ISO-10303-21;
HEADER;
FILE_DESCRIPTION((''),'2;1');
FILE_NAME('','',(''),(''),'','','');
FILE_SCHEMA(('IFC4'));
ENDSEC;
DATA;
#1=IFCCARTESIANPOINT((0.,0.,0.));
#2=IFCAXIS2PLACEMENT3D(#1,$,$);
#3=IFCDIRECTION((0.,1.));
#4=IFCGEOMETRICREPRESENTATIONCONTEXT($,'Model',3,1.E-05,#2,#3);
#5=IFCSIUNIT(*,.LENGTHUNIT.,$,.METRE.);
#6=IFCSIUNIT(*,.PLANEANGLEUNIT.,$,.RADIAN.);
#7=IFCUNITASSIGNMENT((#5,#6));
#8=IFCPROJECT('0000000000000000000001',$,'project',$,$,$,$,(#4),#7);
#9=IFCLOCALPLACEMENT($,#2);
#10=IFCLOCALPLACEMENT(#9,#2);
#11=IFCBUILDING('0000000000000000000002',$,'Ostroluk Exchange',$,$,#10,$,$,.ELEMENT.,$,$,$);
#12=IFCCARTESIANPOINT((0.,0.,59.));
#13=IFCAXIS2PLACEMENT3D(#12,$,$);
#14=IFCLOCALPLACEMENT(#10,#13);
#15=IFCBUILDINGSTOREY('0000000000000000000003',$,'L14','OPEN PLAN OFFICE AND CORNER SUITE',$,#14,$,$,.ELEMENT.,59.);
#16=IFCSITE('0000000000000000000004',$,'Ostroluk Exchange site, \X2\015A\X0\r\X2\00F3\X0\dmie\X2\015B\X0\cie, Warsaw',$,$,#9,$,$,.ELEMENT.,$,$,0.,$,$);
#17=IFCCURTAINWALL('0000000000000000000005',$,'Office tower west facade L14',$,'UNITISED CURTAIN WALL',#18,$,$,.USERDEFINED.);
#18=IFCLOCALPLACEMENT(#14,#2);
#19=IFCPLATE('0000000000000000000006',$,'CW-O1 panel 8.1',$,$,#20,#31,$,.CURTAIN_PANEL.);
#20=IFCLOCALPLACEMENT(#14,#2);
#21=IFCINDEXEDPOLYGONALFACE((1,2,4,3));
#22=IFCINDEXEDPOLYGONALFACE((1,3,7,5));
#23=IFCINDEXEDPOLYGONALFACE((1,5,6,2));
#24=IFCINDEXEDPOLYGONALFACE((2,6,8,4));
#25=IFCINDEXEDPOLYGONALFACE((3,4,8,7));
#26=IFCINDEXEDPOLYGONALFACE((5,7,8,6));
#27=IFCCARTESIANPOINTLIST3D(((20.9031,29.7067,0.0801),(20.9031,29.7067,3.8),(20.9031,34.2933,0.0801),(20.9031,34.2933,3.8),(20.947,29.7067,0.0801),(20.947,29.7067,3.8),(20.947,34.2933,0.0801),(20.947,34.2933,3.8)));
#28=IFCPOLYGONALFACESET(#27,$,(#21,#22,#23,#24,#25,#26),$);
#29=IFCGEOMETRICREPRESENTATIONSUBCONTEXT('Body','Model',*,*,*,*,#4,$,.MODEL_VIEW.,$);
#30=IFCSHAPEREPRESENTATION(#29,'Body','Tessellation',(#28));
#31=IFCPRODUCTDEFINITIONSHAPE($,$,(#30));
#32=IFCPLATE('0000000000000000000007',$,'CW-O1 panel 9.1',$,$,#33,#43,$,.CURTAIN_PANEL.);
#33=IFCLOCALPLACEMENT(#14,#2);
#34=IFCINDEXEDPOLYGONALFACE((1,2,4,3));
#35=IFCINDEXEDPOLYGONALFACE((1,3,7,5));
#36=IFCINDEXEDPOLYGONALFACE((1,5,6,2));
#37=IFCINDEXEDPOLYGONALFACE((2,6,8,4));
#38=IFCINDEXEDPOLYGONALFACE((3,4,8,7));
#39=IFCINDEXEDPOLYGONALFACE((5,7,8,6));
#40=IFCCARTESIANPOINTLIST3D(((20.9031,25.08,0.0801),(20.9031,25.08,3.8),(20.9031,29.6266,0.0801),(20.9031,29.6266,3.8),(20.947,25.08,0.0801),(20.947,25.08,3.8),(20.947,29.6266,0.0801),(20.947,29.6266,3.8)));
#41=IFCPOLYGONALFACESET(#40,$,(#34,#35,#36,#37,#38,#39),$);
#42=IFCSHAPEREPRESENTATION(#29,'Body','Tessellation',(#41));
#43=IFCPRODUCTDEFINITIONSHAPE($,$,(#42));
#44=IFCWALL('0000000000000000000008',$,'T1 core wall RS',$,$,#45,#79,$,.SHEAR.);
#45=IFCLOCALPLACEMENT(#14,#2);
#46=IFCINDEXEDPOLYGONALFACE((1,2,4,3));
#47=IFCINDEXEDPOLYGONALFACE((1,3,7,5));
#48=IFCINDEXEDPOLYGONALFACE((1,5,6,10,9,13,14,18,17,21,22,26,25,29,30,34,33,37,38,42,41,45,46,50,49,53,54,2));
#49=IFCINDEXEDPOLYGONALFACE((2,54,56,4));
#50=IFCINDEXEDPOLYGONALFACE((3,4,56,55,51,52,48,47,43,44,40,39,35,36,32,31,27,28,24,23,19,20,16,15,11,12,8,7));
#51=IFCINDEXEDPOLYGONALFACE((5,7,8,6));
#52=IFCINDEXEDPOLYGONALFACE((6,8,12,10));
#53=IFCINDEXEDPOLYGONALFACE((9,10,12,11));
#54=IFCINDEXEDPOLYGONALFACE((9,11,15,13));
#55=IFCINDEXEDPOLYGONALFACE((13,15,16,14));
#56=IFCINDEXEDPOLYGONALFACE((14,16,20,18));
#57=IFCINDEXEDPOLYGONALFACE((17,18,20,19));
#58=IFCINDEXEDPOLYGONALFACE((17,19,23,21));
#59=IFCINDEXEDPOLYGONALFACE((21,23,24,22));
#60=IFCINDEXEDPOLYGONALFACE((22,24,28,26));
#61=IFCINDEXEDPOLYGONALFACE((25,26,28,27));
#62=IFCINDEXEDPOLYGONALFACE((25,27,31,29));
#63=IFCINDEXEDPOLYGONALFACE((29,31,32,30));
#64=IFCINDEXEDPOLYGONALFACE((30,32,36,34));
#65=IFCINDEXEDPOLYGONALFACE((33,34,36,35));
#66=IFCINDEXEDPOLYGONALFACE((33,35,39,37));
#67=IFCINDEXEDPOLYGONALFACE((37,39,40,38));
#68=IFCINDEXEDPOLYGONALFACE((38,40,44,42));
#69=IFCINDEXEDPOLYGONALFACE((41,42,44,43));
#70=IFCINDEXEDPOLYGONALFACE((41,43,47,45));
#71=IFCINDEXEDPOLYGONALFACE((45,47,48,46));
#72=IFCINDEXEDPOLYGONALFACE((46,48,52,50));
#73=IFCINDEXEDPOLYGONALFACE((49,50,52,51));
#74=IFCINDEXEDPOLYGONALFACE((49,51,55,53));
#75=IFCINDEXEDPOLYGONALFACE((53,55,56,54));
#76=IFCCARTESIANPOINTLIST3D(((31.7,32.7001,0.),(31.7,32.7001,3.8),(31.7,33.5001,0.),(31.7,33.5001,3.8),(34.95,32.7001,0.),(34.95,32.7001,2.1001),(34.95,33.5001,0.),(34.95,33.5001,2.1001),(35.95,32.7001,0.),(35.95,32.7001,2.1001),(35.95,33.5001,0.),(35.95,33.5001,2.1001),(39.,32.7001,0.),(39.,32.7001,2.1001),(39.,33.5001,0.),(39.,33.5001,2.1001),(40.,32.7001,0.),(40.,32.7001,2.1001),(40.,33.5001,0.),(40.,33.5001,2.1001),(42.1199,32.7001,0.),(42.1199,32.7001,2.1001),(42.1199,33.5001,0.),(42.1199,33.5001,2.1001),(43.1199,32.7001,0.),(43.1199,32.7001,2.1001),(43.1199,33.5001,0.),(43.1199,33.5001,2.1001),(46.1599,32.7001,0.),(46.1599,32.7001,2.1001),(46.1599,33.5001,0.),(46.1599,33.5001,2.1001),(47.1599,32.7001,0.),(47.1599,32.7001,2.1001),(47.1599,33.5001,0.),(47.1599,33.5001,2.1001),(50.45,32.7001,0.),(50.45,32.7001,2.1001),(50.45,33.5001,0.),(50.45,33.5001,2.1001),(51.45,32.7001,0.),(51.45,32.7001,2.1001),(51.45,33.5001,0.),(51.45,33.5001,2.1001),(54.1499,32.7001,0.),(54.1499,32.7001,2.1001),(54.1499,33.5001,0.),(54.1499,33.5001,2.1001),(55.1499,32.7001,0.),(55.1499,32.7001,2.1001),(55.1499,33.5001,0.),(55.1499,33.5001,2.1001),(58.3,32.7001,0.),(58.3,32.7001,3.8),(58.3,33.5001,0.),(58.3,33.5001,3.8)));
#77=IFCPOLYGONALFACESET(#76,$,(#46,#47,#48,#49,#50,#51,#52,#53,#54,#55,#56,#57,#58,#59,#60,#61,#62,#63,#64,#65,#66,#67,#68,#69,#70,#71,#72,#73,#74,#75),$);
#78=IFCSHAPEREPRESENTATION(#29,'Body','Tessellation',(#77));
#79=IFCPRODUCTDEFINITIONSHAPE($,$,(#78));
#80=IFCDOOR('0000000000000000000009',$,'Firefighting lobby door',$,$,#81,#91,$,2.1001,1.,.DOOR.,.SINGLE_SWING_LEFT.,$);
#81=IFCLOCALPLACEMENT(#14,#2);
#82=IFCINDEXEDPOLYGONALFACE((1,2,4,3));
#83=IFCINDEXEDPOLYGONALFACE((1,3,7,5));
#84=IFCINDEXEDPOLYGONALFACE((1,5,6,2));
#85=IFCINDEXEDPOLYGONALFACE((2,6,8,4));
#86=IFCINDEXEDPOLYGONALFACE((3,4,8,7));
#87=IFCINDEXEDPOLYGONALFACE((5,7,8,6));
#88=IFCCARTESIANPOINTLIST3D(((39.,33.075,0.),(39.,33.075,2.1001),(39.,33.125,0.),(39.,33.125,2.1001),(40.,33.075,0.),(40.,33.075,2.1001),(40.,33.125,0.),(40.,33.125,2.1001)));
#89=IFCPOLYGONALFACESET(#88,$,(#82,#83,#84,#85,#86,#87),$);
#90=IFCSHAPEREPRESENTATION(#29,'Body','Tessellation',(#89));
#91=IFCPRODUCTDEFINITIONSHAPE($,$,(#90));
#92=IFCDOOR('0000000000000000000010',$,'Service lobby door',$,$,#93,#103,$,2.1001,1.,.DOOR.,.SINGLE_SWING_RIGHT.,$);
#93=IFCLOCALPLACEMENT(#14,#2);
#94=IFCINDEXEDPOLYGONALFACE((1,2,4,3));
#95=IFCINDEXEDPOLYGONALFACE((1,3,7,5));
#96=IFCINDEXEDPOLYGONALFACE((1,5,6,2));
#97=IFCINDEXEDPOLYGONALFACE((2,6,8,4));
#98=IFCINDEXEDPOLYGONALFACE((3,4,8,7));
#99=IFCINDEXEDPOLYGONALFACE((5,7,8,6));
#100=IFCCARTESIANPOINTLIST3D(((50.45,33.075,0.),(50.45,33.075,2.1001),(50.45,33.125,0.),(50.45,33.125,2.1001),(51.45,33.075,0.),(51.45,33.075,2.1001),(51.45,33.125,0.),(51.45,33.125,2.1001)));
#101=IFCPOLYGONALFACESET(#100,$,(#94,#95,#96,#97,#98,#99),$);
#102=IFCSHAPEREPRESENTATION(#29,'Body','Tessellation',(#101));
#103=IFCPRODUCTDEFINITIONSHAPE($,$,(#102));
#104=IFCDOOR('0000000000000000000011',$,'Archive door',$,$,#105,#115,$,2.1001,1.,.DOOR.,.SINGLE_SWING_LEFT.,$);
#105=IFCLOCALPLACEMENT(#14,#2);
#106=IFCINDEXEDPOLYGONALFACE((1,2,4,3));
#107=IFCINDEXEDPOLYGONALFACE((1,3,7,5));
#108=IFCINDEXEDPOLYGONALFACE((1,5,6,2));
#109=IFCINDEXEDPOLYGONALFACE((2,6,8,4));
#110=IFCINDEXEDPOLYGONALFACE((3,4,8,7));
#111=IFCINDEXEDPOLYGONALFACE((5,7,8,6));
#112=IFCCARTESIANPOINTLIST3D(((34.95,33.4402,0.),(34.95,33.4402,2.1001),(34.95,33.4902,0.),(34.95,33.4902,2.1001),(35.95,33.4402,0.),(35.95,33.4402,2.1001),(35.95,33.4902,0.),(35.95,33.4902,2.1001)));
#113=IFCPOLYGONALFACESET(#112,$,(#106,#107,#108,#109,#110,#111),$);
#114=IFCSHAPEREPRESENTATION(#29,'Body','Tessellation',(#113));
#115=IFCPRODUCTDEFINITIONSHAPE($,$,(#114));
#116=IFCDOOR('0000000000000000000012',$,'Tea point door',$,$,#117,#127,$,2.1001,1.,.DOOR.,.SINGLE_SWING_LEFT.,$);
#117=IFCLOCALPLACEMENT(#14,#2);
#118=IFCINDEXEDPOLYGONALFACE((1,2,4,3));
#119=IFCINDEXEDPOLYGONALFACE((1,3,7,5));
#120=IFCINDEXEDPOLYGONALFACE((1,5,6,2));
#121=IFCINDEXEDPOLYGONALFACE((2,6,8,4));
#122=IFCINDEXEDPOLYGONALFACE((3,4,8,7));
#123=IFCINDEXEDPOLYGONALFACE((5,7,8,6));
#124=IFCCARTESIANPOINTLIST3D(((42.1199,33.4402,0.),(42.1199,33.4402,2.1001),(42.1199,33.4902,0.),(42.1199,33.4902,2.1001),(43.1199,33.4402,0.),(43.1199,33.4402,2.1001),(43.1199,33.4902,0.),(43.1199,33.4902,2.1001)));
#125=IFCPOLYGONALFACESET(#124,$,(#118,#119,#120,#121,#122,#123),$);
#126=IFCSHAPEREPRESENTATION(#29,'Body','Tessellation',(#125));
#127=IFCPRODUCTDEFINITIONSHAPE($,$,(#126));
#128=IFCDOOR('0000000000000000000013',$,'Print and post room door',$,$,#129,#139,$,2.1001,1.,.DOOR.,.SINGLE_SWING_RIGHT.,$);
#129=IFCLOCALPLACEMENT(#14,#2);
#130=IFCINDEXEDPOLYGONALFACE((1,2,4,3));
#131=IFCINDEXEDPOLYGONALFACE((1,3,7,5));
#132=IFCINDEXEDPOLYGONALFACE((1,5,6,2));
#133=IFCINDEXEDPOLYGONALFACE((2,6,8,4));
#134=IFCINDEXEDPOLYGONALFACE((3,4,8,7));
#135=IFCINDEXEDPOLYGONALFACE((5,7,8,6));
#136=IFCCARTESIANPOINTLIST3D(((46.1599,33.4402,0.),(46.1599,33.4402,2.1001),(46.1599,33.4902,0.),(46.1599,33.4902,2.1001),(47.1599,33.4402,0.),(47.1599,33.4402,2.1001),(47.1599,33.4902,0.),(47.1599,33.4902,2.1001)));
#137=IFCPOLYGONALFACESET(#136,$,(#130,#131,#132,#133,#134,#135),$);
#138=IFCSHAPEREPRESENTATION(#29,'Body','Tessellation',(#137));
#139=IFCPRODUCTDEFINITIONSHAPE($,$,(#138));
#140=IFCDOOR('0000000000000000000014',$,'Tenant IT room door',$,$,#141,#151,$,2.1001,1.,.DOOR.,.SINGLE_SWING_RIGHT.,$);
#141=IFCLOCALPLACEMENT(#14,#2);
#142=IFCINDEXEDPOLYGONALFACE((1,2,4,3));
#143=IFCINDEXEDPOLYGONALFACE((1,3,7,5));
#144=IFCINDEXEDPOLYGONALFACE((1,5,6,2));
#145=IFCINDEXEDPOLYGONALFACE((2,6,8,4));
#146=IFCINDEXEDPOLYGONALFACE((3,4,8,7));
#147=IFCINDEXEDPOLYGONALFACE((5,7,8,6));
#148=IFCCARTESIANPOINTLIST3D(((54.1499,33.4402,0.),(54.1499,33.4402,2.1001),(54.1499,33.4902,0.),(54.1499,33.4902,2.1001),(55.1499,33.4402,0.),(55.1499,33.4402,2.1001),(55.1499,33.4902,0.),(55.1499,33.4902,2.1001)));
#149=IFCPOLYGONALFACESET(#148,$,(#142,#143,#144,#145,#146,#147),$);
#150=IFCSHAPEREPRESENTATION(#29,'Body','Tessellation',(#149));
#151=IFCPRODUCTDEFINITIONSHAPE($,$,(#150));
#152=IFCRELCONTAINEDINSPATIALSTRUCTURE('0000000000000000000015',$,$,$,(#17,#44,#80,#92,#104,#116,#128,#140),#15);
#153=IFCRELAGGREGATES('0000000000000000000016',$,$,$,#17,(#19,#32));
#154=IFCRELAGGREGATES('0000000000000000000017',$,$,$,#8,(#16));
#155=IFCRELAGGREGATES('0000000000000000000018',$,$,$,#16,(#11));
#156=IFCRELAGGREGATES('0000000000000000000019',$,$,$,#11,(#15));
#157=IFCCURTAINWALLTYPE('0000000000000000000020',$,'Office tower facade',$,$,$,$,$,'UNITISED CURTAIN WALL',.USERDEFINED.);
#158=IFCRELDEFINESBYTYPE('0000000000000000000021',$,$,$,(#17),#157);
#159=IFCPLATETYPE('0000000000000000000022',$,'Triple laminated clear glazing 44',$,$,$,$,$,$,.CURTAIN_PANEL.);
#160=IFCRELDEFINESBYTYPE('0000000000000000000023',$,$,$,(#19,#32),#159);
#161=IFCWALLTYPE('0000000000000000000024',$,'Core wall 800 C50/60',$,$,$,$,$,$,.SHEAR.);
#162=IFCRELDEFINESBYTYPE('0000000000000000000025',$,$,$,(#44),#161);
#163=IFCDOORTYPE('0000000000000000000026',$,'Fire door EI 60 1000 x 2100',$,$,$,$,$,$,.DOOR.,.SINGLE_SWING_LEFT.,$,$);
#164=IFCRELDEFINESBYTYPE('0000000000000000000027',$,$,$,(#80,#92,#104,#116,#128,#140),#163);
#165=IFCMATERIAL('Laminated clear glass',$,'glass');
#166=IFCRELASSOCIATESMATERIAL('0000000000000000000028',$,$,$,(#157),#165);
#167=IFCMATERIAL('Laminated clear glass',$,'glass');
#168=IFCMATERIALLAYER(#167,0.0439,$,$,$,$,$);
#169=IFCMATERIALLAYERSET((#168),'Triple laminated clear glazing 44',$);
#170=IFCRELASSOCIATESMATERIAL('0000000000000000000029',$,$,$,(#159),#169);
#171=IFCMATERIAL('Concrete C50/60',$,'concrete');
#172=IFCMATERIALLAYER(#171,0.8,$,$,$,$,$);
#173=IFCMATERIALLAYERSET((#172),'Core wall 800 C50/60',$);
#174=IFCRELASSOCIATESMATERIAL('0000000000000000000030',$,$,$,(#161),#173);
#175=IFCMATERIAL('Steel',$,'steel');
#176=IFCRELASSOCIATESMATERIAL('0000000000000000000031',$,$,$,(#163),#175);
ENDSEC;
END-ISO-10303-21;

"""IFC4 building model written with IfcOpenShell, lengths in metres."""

from ifc_helpers import new_model, si_unit, direction, frame, frame_2d, origin, origin_2d, place, context, subcontext, project, spatial, rectangle, extrude, material, layer, layer_set, type_object, element, fill, aggregate, save


model = new_model("IFC4")

# Units and contexts
model_context = context("Model", 3, precision=1e-05, world=origin(), true_north=direction((0.0, 1.0)))
body_context = subcontext(model_context, "Body", "Model", "MODEL_VIEW")
ifc_project = project(units=[si_unit("LENGTHUNIT", "METRE"), si_unit("PLANEANGLEUNIT", "RADIAN")], contexts=[model_context])

# Site, building, storey
site_placement = place(None, origin())
site = spatial("IfcSite", under=ifc_project, at=site_placement, Name="Ostroluk Exchange site, Śródmieście, Warsaw", CompositionType="ELEMENT", RefElevation=0.0)
building_placement = place(site_placement, origin())
building = spatial("IfcBuilding", under=site, at=building_placement, Name="Ostroluk Exchange", CompositionType="ELEMENT")
storey_placement = place(building_placement, frame((0.0, 0.0, 59.0)))
storey = spatial("IfcBuildingStorey", under=building, at=storey_placement, Name="L14", Description="OPEN PLAN OFFICE AND CORNER SUITE", CompositionType="ELEMENT", Elevation=59.0)

# Curtain wall, plates
ifc_material_1 = material(Name="Laminated clear glass", Category="glass")
curtain_wall_type = type_object("IfcCurtainWallType", Name="Office tower facade", ElementType="UNITISED CURTAIN WALL", PredefinedType="USERDEFINED", material=ifc_material_1)
curtain_wall_placement = place(storey_placement, origin())
curtain_wall = element("IfcCurtainWall", 1, at=curtain_wall_placement, inside=storey, type_object=curtain_wall_type, Name="Office tower west facade L14", ObjectType="UNITISED CURTAIN WALL", PredefinedType="USERDEFINED")
ifc_material_2 = material(Name="Laminated clear glass", Category="glass")
ifc_layer_1 = layer(ifc_material_2, 0.0439)
ifc_layer_set_1 = layer_set([ifc_layer_1], Name="Triple laminated clear glazing 44")
plate_type = type_object("IfcPlateType", Name="Triple laminated clear glazing 44", PredefinedType="CURTAIN_PANEL", material=ifc_layer_set_1)
plate_1_placement = place(storey_placement, frame((20.925, 32.0, 0.0801), z_axis=(0.0, 0.0, 1.0), x_axis=(0.0, -1.0, 0.0)))
plate_1 = element("IfcPlate", 2, at=plate_1_placement, type_object=plate_type, Name="CW-O1 panel 8.1", PredefinedType="CURTAIN_PANEL", context=body_context, shape_type="SweptSolid", body=[
    extrude(rectangle(XDim=4.5867, YDim=0.0439, at=origin_2d()), origin(), (0.0, 0.0, 1.0), 3.72),
])
plate_2_placement = place(storey_placement, frame((20.925, 27.3533, 0.0801), z_axis=(0.0, 0.0, 1.0), x_axis=(0.0, -1.0, 0.0)))
plate_2 = element("IfcPlate", 3, at=plate_2_placement, type_object=plate_type, Name="CW-O1 panel 9.1", PredefinedType="CURTAIN_PANEL", context=body_context, shape_type="SweptSolid", body=[
    extrude(rectangle(XDim=4.5466, YDim=0.0439, at=origin_2d()), origin(), (0.0, 0.0, 1.0), 3.72),
])
aggregate(curtain_wall, [plate_1, plate_2])

# Wall, openings, doors
ifc_material_3 = material(Name="Concrete C50/60", Category="concrete")
ifc_layer_2 = layer(ifc_material_3, 0.8)
ifc_layer_set_2 = layer_set([ifc_layer_2], Name="Core wall 800 C50/60")
wall_type_1 = type_object("IfcWallType", Name="Core wall 800 C50/60", PredefinedType="SHEAR", material=ifc_layer_set_2)
wall_1_placement = place(storey_placement, frame((31.7, 33.1001, 0.0), z_axis=(0.0, 0.0, 1.0), x_axis=(1.0, 0.0, 0.0)))
wall_1 = element("IfcWall", 4, at=wall_1_placement, inside=storey, type_object=wall_type_1, Name="T1 core wall RS", PredefinedType="SHEAR", context=body_context, shape_type="SweptSolid", body=[
    extrude(rectangle(XDim=26.6001, YDim=0.8, at=frame_2d((13.3, 0.0))), origin(), (0.0, 0.0, 1.0), 3.8),
])
opening_1_placement = place(wall_1_placement, frame((7.3, 0.0, 0.0)))
opening_1 = element("IfcOpeningElement", 5, at=opening_1_placement, cuts=wall_1, PredefinedType="OPENING", context=body_context, shape_type="SweptSolid", body=[
    extrude(rectangle(XDim=1.0, YDim=2.1001, at=frame_2d((0.5, 1.05))), frame((0.0, 0.4099, 0.0), z_axis=(0.0, -1.0, 0.0), x_axis=(1.0, 0.0, 0.0)), (0.0, 0.0, 1.0), 0.8201),
])
opening_2_placement = place(wall_1_placement, frame((18.75, 0.0, 0.0)))
opening_2 = element("IfcOpeningElement", 6, at=opening_2_placement, cuts=wall_1, PredefinedType="OPENING", context=body_context, shape_type="SweptSolid", body=[
    extrude(rectangle(XDim=1.0, YDim=2.1001, at=frame_2d((0.5, 1.05))), frame((0.0, 0.4099, 0.0), z_axis=(0.0, -1.0, 0.0), x_axis=(1.0, 0.0, 0.0)), (0.0, 0.0, 1.0), 0.8201),
])
opening_3_placement = place(wall_1_placement, frame((3.25, 0.0, 0.0)))
opening_3 = element("IfcOpeningElement", 7, at=opening_3_placement, cuts=wall_1, PredefinedType="OPENING", context=body_context, shape_type="SweptSolid", body=[
    extrude(rectangle(XDim=1.0, YDim=2.1001, at=frame_2d((0.5, 1.05))), frame((0.0, 0.4099, 0.0), z_axis=(0.0, -1.0, 0.0), x_axis=(1.0, 0.0, 0.0)), (0.0, 0.0, 1.0), 0.8201),
])
opening_4_placement = place(wall_1_placement, frame((10.4199, 0.0, 0.0)))
opening_4 = element("IfcOpeningElement", 8, at=opening_4_placement, cuts=wall_1, PredefinedType="OPENING", context=body_context, shape_type="SweptSolid", body=[
    extrude(rectangle(XDim=1.0, YDim=2.1001, at=frame_2d((0.5, 1.05))), frame((0.0, 0.4099, 0.0), z_axis=(0.0, -1.0, 0.0), x_axis=(1.0, 0.0, 0.0)), (0.0, 0.0, 1.0), 0.8201),
])
opening_5_placement = place(wall_1_placement, frame((14.46, 0.0, 0.0)))
opening_5 = element("IfcOpeningElement", 9, at=opening_5_placement, cuts=wall_1, PredefinedType="OPENING", context=body_context, shape_type="SweptSolid", body=[
    extrude(rectangle(XDim=1.0, YDim=2.1001, at=frame_2d((0.5, 1.05))), frame((0.0, 0.4099, 0.0), z_axis=(0.0, -1.0, 0.0), x_axis=(1.0, 0.0, 0.0)), (0.0, 0.0, 1.0), 0.8201),
])
opening_6_placement = place(wall_1_placement, frame((22.45, 0.0, 0.0)))
opening_6 = element("IfcOpeningElement", 10, at=opening_6_placement, cuts=wall_1, PredefinedType="OPENING", context=body_context, shape_type="SweptSolid", body=[
    extrude(rectangle(XDim=1.0, YDim=2.1001, at=frame_2d((0.5, 1.05))), frame((0.0, 0.4099, 0.0), z_axis=(0.0, -1.0, 0.0), x_axis=(1.0, 0.0, 0.0)), (0.0, 0.0, 1.0), 0.8201),
])
ifc_material_4 = material(Name="Steel", Category="steel")
door_type_1 = type_object("IfcDoorType", Name="Fire door EI 60 1000 x 2100", OperationType="SINGLE_SWING_LEFT", PredefinedType="DOOR", material=ifc_material_4)
door_1_placement = place(opening_1_placement, origin())
door_1 = element("IfcDoor", 11, at=door_1_placement, inside=storey, type_object=door_type_1, Name="Firefighting lobby door", OperationType="SINGLE_SWING_LEFT", OverallHeight=2.1001, OverallWidth=1.0, PredefinedType="DOOR", context=body_context, shape_type="SweptSolid", body=[
    extrude(rectangle(XDim=1.0, YDim=2.1001, at=frame_2d((0.5, 1.05))), frame((0.0, 0.0249, 0.0), z_axis=(0.0, -1.0, 0.0), x_axis=(1.0, 0.0, 0.0)), (0.0, 0.0, 1.0), 0.05),
])
fill(opening_1, door_1)
door_2_placement = place(opening_2_placement, origin())
door_2 = element("IfcDoor", 12, at=door_2_placement, inside=storey, type_object=door_type_1, Name="Service lobby door", OperationType="SINGLE_SWING_RIGHT", OverallHeight=2.1001, OverallWidth=1.0, PredefinedType="DOOR", context=body_context, shape_type="SweptSolid", body=[
    extrude(rectangle(XDim=1.0, YDim=2.1001, at=frame_2d((0.5, 1.05))), frame((0.0, 0.0249, 0.0), z_axis=(0.0, -1.0, 0.0), x_axis=(1.0, 0.0, 0.0)), (0.0, 0.0, 1.0), 0.05),
])
fill(opening_2, door_2)
door_3_placement = place(opening_3_placement, origin())
door_3 = element("IfcDoor", 13, at=door_3_placement, inside=storey, type_object=door_type_1, Name="Archive door", OperationType="SINGLE_SWING_LEFT", OverallHeight=2.1001, OverallWidth=1.0, PredefinedType="DOOR", context=body_context, shape_type="SweptSolid", body=[
    extrude(rectangle(XDim=1.0, YDim=2.1001, at=frame_2d((0.5, 1.05))), frame((0.0, 0.3901, 0.0), z_axis=(0.0, -1.0, 0.0), x_axis=(1.0, 0.0, 0.0)), (0.0, 0.0, 1.0), 0.05),
])
fill(opening_3, door_3)
door_4_placement = place(opening_4_placement, origin())
door_4 = element("IfcDoor", 14, at=door_4_placement, inside=storey, type_object=door_type_1, Name="Tea point door", OperationType="SINGLE_SWING_LEFT", OverallHeight=2.1001, OverallWidth=1.0, PredefinedType="DOOR", context=body_context, shape_type="SweptSolid", body=[
    extrude(rectangle(XDim=1.0, YDim=2.1001, at=frame_2d((0.5, 1.05))), frame((0.0, 0.3901, 0.0), z_axis=(0.0, -1.0, 0.0), x_axis=(1.0, 0.0, 0.0)), (0.0, 0.0, 1.0), 0.05),
])
fill(opening_4, door_4)
door_5_placement = place(opening_5_placement, origin())
door_5 = element("IfcDoor", 15, at=door_5_placement, inside=storey, type_object=door_type_1, Name="Print and post room door", OperationType="SINGLE_SWING_RIGHT", OverallHeight=2.1001, OverallWidth=1.0, PredefinedType="DOOR", context=body_context, shape_type="SweptSolid", body=[
    extrude(rectangle(XDim=1.0, YDim=2.1001, at=frame_2d((0.5, 1.05))), frame((0.0, 0.3901, 0.0), z_axis=(0.0, -1.0, 0.0), x_axis=(1.0, 0.0, 0.0)), (0.0, 0.0, 1.0), 0.05),
])
fill(opening_5, door_5)
door_6_placement = place(opening_6_placement, origin())
door_6 = element("IfcDoor", 16, at=door_6_placement, inside=storey, type_object=door_type_1, Name="Tenant IT room door", OperationType="SINGLE_SWING_RIGHT", OverallHeight=2.1001, OverallWidth=1.0, PredefinedType="DOOR", context=body_context, shape_type="SweptSolid", body=[
    extrude(rectangle(XDim=1.0, YDim=2.1001, at=frame_2d((0.5, 1.05))), frame((0.0, 0.3901, 0.0), z_axis=(0.0, -1.0, 0.0), x_axis=(1.0, 0.0, 0.0)), (0.0, 0.0, 1.0), 0.05),
])
fill(opening_6, door_6)

save(model, "model.ifc")
